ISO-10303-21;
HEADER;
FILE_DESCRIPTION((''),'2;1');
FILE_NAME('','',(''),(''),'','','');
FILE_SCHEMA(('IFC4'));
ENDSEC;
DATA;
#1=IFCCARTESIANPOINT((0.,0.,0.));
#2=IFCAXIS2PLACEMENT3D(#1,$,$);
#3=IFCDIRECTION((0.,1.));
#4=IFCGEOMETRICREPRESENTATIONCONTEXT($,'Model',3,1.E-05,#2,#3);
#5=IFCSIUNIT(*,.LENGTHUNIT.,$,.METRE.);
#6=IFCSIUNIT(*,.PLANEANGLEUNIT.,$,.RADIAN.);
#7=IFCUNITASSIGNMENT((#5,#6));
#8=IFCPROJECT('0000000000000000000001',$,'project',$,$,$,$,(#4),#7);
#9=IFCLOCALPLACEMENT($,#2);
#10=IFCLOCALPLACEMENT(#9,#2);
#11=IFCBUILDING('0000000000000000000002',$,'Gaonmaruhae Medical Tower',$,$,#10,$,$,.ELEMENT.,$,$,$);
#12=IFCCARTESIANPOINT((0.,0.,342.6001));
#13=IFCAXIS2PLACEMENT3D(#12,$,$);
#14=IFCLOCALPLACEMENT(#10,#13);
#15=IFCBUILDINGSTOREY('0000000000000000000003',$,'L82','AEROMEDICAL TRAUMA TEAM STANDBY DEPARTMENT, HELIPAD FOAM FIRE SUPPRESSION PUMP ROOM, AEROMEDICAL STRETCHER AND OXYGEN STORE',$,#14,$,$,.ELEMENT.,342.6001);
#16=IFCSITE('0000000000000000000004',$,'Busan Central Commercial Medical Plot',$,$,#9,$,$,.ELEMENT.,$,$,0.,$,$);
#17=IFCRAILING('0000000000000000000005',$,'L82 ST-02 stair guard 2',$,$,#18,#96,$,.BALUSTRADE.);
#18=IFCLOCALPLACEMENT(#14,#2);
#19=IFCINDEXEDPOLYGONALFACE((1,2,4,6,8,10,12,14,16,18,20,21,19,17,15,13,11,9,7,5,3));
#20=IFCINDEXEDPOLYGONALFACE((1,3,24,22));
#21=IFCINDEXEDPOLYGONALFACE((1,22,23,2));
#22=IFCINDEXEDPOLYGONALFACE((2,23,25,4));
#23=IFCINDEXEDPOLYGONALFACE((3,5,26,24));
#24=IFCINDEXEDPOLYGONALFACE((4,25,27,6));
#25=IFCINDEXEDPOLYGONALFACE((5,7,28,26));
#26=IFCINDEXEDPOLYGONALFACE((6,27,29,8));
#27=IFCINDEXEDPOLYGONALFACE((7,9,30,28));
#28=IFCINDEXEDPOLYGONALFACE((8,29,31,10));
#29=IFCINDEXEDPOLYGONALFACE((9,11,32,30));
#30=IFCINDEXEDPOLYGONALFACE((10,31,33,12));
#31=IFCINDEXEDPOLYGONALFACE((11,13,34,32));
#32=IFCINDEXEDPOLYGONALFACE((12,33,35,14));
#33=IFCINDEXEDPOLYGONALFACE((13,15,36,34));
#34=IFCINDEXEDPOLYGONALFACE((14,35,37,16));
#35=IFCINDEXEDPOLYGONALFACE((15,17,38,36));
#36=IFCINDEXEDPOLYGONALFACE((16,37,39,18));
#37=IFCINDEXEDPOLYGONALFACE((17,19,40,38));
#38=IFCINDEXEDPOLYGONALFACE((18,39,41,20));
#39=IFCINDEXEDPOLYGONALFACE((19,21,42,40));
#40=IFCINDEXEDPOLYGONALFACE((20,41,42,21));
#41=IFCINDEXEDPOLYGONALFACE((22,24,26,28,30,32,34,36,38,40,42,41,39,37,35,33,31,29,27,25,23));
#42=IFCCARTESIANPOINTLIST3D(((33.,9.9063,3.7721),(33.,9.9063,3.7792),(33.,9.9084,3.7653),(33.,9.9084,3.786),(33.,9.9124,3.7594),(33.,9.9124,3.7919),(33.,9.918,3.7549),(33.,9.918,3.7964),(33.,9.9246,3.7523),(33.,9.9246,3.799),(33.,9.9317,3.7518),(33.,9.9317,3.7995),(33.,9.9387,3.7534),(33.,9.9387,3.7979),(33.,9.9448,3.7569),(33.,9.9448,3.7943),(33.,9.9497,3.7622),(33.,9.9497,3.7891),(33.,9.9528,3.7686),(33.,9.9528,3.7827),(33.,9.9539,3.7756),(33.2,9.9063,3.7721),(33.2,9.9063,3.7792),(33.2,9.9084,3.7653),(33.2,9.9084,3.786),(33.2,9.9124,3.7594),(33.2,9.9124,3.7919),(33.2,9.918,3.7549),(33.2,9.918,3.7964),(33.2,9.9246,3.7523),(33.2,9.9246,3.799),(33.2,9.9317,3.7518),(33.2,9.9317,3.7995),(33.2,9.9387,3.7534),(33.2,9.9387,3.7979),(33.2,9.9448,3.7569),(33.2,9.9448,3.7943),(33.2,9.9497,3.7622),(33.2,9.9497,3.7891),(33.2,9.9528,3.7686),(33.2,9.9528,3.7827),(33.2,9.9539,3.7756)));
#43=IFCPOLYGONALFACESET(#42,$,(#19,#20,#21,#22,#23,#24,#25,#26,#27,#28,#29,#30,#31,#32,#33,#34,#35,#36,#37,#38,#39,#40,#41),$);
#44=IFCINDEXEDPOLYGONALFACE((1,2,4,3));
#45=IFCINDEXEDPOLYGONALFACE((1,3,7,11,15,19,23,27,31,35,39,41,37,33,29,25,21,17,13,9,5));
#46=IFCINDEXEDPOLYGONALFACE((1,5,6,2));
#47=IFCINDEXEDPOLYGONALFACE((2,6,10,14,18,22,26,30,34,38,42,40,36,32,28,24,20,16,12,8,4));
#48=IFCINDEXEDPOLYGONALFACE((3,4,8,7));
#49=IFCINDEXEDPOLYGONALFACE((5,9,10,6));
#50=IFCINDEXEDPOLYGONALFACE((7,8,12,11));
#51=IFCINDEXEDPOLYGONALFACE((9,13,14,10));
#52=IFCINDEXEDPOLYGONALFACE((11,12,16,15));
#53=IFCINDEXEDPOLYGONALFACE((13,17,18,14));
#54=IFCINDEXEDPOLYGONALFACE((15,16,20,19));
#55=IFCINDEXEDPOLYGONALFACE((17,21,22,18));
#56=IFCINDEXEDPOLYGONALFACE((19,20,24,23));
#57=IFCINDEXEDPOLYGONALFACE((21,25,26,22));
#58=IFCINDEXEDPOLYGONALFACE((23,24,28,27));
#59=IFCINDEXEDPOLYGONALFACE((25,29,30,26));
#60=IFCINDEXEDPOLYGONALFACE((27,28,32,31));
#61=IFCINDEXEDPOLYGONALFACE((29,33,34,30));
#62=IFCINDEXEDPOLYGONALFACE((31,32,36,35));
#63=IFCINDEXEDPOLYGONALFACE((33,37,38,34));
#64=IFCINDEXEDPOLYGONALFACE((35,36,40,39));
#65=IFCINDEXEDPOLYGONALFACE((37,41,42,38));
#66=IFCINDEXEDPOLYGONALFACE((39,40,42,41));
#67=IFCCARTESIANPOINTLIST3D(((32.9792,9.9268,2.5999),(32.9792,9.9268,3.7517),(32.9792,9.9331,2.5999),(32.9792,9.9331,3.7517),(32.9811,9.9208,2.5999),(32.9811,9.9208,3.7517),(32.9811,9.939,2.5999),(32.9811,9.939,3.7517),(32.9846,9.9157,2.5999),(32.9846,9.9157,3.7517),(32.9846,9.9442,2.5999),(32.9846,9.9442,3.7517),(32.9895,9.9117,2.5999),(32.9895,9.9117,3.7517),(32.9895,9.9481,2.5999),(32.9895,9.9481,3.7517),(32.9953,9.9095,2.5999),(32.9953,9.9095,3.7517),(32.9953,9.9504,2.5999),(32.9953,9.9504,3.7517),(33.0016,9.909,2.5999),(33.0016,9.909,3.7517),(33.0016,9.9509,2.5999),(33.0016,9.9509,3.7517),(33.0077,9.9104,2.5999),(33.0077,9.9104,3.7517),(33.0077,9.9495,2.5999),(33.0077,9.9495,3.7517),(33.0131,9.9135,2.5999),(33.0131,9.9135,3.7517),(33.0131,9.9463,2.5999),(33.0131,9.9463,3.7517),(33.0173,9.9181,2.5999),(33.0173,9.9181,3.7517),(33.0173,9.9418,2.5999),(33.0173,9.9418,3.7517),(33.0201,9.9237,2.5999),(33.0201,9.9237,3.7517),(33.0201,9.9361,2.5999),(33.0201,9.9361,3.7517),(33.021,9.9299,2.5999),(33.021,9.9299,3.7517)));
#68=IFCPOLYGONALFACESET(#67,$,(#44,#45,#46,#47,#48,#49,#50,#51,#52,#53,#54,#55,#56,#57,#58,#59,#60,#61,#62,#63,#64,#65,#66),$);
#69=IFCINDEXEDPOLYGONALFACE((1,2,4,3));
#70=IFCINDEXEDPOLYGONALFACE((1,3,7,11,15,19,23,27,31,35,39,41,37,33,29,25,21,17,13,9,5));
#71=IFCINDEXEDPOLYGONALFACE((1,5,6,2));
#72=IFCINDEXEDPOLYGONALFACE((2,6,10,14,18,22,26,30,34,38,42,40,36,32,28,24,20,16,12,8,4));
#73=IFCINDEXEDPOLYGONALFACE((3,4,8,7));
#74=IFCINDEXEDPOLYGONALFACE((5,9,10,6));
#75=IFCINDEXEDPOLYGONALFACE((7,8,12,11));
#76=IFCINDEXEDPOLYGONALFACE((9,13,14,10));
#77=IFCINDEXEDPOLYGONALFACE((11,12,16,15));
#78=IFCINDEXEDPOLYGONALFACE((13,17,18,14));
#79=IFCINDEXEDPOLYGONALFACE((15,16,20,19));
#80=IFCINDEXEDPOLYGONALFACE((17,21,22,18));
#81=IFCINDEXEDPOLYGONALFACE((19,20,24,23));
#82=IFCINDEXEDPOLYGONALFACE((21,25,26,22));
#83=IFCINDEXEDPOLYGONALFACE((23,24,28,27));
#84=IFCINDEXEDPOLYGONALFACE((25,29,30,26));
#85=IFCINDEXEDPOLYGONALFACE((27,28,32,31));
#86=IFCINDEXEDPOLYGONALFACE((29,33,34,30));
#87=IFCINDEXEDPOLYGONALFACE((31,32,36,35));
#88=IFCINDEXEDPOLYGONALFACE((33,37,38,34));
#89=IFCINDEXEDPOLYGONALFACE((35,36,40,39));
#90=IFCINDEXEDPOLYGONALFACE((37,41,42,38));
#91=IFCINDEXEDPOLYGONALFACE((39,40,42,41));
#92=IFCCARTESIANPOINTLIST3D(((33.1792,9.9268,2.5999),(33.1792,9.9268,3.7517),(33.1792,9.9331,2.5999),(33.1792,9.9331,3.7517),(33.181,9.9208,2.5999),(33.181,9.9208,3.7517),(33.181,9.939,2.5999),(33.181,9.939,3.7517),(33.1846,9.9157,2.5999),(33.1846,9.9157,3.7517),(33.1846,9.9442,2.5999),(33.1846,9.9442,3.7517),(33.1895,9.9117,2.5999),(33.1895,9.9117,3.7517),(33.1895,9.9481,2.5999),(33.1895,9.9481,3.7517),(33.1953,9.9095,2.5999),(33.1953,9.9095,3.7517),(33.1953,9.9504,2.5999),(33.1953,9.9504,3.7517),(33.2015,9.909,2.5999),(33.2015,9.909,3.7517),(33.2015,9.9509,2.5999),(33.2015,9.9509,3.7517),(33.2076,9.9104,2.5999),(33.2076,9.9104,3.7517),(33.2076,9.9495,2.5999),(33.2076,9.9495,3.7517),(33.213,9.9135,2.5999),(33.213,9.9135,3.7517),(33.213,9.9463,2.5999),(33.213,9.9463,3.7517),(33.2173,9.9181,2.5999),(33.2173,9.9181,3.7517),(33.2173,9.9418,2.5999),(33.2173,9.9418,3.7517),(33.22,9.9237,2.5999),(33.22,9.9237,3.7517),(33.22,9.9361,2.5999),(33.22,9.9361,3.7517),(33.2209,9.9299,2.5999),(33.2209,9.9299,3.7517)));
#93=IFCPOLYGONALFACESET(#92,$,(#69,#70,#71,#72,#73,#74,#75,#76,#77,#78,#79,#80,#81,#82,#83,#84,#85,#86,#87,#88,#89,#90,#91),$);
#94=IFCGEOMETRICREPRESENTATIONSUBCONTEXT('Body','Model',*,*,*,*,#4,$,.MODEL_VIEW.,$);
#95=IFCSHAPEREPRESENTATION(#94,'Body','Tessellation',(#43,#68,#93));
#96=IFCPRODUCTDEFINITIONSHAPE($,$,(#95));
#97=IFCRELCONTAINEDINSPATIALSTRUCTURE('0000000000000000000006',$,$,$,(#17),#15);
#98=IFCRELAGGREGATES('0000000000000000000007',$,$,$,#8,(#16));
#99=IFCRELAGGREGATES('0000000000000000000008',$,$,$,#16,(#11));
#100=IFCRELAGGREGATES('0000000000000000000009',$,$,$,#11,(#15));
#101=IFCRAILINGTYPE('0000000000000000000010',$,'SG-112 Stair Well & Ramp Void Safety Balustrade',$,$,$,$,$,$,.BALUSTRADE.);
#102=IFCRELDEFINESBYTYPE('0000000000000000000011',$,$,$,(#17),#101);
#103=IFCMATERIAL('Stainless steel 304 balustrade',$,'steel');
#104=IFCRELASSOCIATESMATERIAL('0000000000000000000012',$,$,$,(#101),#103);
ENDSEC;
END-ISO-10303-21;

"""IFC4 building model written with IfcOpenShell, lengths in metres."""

from ifc_helpers import new_model, si_unit, direction, frame, origin, origin_2d, place, context, subcontext, project, spatial, circle, extrude, material, type_object, element, save


model = new_model("IFC4")

# Units and contexts
model_context = context("Model", 3, precision=1e-05, world=origin(), true_north=direction((0.0, 1.0)))
body_context = subcontext(model_context, "Body", "Model", "MODEL_VIEW")
ifc_project = project(units=[si_unit("LENGTHUNIT", "METRE"), si_unit("PLANEANGLEUNIT", "RADIAN")], contexts=[model_context])

# Site, building, storey
site_placement = place(None, origin())
site = spatial("IfcSite", under=ifc_project, at=site_placement, Name="Busan Central Commercial Medical Plot", CompositionType="ELEMENT", RefElevation=0.0)
building_placement = place(site_placement, origin())
building = spatial("IfcBuilding", under=site, at=building_placement, Name="Gaonmaruhae Medical Tower", CompositionType="ELEMENT")
storey_placement = place(building_placement, frame((0.0, 0.0, 342.6001)))
storey = spatial("IfcBuildingStorey", under=building, at=storey_placement, Name="L82", Description="AEROMEDICAL TRAUMA TEAM STANDBY DEPARTMENT, HELIPAD FOAM FIRE SUPPRESSION PUMP ROOM, AEROMEDICAL STRETCHER AND OXYGEN STORE", CompositionType="ELEMENT", Elevation=342.6001)

# Railing
ifc_material_1 = material(Name="Stainless steel 304 balustrade", Category="steel")
railing_type_1 = type_object("IfcRailingType", Name="SG-112 Stair Well & Ramp Void Safety Balustrade", PredefinedType="BALUSTRADE", material=ifc_material_1)
railing_1_placement = place(storey_placement, frame((33.0, 9.9299, 2.5999)))
element("IfcRailing", 1, at=railing_1_placement, inside=storey, type_object=railing_type_1, Name="L82 ST-02 stair guard 2", PredefinedType="BALUSTRADE", context=body_context, shape_type="SweptSolid", body=[
    extrude(circle(Radius=0.0239, at=origin_2d()), frame((0.0, 0.0, 1.1758), z_axis=(1.0, 0.0, 0.0), x_axis=(0.0, 1.0, 0.0)), (0.0, 0.0, 1.0), 0.2),
    extrude(circle(Radius=0.021, at=origin_2d()), origin(), (0.0, 0.0, 1.0), 1.1519),
    extrude(circle(Radius=0.021, at=origin_2d()), frame((0.2, 0.0, 0.0)), (0.0, 0.0, 1.0), 1.1519),
])

save(model, "model.ifc")
